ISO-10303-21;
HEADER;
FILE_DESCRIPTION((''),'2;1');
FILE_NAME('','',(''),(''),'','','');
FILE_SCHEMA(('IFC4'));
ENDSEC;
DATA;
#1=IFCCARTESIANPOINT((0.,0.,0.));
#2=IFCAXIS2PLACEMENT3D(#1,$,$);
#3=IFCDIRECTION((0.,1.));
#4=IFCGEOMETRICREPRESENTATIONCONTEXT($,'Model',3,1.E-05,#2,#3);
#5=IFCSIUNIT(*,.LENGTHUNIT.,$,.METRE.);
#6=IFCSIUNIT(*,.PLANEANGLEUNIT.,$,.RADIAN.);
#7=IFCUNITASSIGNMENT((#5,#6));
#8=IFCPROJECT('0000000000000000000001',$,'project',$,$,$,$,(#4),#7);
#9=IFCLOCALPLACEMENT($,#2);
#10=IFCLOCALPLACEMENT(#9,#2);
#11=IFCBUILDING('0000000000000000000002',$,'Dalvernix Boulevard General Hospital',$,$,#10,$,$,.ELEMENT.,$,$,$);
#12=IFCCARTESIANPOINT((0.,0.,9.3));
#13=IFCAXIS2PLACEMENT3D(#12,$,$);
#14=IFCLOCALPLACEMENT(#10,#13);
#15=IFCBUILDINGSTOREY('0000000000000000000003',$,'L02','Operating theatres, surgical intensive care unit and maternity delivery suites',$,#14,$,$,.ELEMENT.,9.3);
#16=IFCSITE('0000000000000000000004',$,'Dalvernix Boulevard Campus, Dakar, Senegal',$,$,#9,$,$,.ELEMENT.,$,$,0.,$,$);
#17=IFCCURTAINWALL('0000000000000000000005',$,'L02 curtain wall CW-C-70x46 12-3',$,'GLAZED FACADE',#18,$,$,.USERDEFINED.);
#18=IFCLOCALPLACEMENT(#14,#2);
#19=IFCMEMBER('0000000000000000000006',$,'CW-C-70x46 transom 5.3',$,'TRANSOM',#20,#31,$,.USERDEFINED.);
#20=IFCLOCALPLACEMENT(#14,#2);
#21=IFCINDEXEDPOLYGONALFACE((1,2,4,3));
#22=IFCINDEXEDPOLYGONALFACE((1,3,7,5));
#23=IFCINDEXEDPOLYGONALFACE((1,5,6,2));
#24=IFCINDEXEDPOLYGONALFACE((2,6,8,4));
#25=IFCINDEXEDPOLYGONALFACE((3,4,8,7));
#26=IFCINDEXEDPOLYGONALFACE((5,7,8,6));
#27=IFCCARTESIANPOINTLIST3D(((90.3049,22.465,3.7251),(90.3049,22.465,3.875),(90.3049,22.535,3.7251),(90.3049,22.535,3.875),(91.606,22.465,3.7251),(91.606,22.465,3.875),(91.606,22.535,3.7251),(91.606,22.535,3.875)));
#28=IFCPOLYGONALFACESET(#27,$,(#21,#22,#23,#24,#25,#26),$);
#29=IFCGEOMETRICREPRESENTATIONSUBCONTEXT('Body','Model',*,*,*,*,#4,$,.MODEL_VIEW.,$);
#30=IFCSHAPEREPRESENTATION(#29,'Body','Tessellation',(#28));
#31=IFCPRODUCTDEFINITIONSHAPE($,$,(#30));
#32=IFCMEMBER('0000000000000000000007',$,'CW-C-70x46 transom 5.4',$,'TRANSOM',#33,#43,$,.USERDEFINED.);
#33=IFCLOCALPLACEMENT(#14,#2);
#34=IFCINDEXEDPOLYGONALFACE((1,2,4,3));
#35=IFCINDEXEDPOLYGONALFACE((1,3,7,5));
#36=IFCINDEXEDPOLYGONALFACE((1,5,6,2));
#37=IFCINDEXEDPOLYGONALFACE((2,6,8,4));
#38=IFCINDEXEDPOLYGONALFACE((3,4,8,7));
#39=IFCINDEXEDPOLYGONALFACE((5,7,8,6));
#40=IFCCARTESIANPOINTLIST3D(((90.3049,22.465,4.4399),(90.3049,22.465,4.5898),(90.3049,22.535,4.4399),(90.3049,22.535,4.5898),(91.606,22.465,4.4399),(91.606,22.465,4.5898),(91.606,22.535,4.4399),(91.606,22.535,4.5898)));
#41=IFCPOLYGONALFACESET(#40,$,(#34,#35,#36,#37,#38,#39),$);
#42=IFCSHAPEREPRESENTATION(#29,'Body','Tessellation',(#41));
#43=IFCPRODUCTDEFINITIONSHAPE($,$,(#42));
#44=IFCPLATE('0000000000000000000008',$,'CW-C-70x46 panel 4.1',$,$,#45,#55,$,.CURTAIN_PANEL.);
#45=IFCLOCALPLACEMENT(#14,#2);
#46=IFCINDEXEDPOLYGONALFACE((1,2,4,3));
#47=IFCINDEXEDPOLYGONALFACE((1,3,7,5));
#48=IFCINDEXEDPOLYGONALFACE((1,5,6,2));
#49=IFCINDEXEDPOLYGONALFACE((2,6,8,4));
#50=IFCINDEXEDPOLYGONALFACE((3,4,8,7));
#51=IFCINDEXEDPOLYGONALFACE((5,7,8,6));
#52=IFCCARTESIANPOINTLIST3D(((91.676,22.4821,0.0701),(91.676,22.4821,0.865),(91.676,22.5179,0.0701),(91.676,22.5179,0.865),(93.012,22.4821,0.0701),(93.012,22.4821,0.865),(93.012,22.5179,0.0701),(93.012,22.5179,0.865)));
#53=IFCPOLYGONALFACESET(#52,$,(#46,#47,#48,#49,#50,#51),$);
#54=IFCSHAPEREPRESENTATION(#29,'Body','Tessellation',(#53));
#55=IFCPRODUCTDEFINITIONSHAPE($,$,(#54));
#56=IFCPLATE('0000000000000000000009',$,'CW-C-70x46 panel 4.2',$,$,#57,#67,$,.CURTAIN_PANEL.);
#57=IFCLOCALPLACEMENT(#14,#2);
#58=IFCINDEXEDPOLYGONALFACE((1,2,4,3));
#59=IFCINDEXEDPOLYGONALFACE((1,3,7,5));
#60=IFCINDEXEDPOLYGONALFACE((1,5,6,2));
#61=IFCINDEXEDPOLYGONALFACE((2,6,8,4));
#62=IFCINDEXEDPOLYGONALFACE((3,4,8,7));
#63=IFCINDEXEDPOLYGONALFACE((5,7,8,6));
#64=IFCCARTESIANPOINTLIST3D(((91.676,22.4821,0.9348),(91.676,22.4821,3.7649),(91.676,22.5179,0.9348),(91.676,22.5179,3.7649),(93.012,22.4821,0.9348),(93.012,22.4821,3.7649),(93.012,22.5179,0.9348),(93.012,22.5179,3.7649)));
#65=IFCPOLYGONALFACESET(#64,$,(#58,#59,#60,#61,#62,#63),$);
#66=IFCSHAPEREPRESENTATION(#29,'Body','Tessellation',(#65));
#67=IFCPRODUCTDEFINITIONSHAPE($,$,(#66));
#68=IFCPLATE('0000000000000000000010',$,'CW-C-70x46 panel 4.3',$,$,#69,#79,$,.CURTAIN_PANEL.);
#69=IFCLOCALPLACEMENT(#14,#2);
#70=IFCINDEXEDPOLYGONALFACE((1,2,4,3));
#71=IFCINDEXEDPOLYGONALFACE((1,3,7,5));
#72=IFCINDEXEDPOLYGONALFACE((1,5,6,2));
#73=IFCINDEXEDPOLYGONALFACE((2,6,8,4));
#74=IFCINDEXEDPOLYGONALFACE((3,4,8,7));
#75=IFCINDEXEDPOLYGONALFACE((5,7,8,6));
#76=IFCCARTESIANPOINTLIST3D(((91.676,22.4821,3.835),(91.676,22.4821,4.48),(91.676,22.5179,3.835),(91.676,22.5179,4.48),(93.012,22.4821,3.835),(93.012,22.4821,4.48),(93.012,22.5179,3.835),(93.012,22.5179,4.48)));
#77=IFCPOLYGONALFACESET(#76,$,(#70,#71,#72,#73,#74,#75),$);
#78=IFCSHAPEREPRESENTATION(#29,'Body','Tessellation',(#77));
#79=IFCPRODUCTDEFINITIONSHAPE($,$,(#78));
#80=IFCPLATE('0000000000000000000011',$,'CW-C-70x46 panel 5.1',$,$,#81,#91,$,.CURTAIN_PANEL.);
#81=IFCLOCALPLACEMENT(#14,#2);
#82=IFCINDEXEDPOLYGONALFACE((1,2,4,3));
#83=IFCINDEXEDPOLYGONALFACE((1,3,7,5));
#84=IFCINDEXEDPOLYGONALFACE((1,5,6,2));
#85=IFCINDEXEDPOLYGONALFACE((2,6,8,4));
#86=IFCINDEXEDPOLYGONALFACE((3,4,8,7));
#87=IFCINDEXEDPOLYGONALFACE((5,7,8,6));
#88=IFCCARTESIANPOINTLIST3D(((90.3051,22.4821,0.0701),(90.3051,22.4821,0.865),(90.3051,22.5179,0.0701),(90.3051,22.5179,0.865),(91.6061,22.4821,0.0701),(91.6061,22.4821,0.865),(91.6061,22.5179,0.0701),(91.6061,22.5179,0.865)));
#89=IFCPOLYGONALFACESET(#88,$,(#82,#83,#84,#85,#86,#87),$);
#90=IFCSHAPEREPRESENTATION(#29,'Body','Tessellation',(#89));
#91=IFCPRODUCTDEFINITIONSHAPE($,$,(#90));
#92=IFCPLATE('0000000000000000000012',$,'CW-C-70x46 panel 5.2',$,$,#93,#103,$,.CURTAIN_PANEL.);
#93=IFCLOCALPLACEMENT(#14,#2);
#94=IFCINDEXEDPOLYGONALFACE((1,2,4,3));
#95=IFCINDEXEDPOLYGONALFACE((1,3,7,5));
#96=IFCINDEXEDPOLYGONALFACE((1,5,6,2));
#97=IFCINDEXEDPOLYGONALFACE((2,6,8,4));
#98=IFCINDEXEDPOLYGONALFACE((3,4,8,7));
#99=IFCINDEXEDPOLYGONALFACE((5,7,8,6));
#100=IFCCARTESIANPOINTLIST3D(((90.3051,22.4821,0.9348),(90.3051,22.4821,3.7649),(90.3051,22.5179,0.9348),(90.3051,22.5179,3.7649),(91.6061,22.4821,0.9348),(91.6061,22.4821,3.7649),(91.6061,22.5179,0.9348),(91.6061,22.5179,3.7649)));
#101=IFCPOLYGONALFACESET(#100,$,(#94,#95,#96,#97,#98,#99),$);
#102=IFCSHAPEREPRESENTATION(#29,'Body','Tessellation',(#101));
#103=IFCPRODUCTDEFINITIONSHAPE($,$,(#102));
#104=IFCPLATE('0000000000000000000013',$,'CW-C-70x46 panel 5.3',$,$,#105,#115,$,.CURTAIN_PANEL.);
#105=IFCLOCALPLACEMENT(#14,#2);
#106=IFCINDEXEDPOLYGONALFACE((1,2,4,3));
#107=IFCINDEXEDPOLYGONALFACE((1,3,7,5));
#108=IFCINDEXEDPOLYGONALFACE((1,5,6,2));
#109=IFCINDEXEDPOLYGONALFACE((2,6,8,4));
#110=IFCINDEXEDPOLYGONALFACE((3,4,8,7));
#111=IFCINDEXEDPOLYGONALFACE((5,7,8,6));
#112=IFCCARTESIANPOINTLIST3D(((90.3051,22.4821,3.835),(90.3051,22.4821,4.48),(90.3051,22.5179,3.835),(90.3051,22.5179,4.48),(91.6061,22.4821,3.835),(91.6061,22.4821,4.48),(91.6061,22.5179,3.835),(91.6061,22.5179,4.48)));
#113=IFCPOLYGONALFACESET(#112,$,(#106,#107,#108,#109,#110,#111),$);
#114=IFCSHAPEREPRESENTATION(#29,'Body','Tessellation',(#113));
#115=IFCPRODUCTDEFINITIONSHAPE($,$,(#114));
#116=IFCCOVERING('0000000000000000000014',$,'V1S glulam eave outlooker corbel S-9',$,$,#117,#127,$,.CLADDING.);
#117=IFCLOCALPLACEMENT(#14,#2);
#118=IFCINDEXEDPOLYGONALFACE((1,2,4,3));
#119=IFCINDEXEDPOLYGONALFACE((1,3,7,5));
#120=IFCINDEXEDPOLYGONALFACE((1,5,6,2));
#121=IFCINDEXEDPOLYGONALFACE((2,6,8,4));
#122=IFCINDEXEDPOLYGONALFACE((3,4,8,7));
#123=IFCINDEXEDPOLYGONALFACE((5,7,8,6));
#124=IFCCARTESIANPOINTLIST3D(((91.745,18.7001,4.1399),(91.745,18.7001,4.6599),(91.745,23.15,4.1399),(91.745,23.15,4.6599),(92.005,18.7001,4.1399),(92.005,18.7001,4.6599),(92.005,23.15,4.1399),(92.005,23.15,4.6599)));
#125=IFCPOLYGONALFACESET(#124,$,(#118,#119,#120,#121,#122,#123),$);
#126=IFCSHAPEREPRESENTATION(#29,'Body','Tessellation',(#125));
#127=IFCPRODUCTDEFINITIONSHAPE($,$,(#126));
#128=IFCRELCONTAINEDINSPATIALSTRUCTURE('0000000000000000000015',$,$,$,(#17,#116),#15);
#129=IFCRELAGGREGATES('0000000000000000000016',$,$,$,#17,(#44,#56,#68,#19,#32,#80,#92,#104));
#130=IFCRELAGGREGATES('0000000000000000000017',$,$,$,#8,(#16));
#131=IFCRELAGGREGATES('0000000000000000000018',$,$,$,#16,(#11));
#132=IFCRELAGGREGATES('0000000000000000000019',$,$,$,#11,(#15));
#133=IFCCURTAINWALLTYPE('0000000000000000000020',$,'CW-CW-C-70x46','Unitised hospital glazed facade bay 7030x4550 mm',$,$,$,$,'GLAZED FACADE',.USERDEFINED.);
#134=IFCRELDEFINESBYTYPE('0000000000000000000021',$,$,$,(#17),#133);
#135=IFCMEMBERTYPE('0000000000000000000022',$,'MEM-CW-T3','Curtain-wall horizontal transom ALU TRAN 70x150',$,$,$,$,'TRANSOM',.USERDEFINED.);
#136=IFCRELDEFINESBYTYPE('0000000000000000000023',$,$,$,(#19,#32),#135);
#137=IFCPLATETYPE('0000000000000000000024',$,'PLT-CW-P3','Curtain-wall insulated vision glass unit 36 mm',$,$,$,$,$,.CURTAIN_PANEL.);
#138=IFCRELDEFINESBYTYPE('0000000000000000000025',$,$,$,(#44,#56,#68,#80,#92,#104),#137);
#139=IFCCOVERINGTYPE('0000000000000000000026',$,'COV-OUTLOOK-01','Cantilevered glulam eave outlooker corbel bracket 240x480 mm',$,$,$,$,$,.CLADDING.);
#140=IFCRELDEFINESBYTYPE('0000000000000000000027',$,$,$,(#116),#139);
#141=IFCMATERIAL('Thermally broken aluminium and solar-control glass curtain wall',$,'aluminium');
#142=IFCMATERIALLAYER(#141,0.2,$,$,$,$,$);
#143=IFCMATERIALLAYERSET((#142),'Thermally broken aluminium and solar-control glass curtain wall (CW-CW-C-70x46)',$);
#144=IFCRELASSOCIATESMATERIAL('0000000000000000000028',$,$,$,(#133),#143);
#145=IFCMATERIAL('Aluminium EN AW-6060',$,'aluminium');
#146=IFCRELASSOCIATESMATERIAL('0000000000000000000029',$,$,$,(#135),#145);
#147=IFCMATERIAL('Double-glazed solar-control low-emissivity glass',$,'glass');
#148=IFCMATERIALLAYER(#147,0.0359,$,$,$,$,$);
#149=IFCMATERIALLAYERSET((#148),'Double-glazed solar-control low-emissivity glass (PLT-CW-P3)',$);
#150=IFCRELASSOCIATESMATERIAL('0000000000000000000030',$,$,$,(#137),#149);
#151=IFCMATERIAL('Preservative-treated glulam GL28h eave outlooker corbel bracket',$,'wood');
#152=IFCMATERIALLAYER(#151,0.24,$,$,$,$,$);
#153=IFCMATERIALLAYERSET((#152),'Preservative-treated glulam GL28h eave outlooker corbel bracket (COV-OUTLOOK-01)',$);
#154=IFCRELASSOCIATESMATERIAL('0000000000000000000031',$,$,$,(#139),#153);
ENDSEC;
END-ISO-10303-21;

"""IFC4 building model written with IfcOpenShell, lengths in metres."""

from ifc_helpers import new_model, si_unit, direction, frame, origin, origin_2d, place, context, subcontext, project, spatial, rectangle, extrude, material, layer, layer_set, material_profile, profile_set, type_object, element, aggregate, save


model = new_model("IFC4")

# Units and contexts
model_context = context("Model", 3, precision=1e-05, world=origin(), true_north=direction((0.0, 1.0)))
body_context = subcontext(model_context, "Body", "Model", "MODEL_VIEW")
ifc_project = project(units=[si_unit("LENGTHUNIT", "METRE"), si_unit("PLANEANGLEUNIT", "RADIAN")], contexts=[model_context])

# Site, building, storey
site_placement = place(None, origin())
site = spatial("IfcSite", under=ifc_project, at=site_placement, Name="Dalvernix Boulevard Campus, Dakar, Senegal", CompositionType="ELEMENT", RefElevation=0.0)
building_placement = place(site_placement, origin())
building = spatial("IfcBuilding", under=site, at=building_placement, Name="Dalvernix Boulevard General Hospital", CompositionType="ELEMENT")
storey_placement = place(building_placement, frame((0.0, 0.0, 9.3)))
storey = spatial("IfcBuildingStorey", under=building, at=storey_placement, Name="L02", Description="Operating theatres, surgical intensive care unit and maternity delivery suites", CompositionType="ELEMENT", Elevation=9.3)

# Shared definitions
ifc_material_1 = material(Name="Thermally broken aluminium and solar-control glass curtain wall", Category="aluminium")
ifc_material_2 = material(Name="Aluminium EN AW-6060", Category="aluminium")

# Curtain wall
ifc_layer_1 = layer(ifc_material_1, 0.2)
ifc_layer_set_1 = layer_set([ifc_layer_1], Name="Thermally broken aluminium and solar-control glass curtain wall (CW-CW-C-70x46)")
curtain_wall_type_1 = type_object("IfcCurtainWallType", Name="CW-CW-C-70x46", Description="Unitised hospital glazed facade bay 7030x4550 mm", ElementType="GLAZED FACADE", PredefinedType="USERDEFINED", material=ifc_layer_set_1)
curtain_wall_1_placement = place(storey_placement, origin())
curtain_wall_1 = element("IfcCurtainWall", 1, at=curtain_wall_1_placement, inside=storey, type_object=curtain_wall_type_1, Name="L02 curtain wall CW-C-70x46 12-3", ObjectType="GLAZED FACADE", PredefinedType="USERDEFINED")

# Members
ifc_material_profile_1 = material_profile(ifc_material_2, rectangle(XDim=0.0701, YDim=0.1499, at=origin_2d()), Name="ALU TRAN 70x150")
ifc_profile_set_1 = profile_set([ifc_material_profile_1], Name="Aluminium EN AW-6060")
member_type_1 = type_object("IfcMemberType", Name="MEM-CW-T3", Description="Curtain-wall horizontal transom ALU TRAN 70x150", ElementType="TRANSOM", PredefinedType="USERDEFINED", material=ifc_profile_set_1)
member_1_placement = place(storey_placement, frame((91.606, 22.5, 3.8), z_axis=(-1.0, 0.0, 0.0), x_axis=(0.0, -1.0, 0.0)))
member_1 = element("IfcMember", 2, at=member_1_placement, type_object=member_type_1, Name="CW-C-70x46 transom 5.3", ObjectType="TRANSOM", PredefinedType="USERDEFINED", context=body_context, shape_type="SweptSolid", body=[
    extrude(rectangle(XDim=0.0701, YDim=0.1499, at=origin_2d()), origin(), (0.0, 0.0, 1.0), 1.301),
])
member_2_placement = place(storey_placement, frame((91.606, 22.5, 4.5149), z_axis=(-1.0, 0.0, 0.0), x_axis=(0.0, -1.0, 0.0)))
member_2 = element("IfcMember", 3, at=member_2_placement, type_object=member_type_1, Name="CW-C-70x46 transom 5.4", ObjectType="TRANSOM", PredefinedType="USERDEFINED", context=body_context, shape_type="SweptSolid", body=[
    extrude(rectangle(XDim=0.0701, YDim=0.1499, at=origin_2d()), origin(), (0.0, 0.0, 1.0), 1.301),
])

# Plates
ifc_material_3 = material(Name="Double-glazed solar-control low-emissivity glass", Category="glass")
ifc_layer_2 = layer(ifc_material_3, 0.0359)
ifc_layer_set_2 = layer_set([ifc_layer_2], Name="Double-glazed solar-control low-emissivity glass (PLT-CW-P3)")
plate_type = type_object("IfcPlateType", Name="PLT-CW-P3", Description="Curtain-wall insulated vision glass unit 36 mm", PredefinedType="CURTAIN_PANEL", material=ifc_layer_set_2)
plate_1_placement = place(storey_placement, frame((92.344, 22.5, 0.0701), z_axis=(0.0, 0.0, 1.0), x_axis=(-1.0, 0.0, 0.0)))
plate_1 = element("IfcPlate", 4, at=plate_1_placement, type_object=plate_type, Name="CW-C-70x46 panel 4.1", PredefinedType="CURTAIN_PANEL", context=body_context, shape_type="SweptSolid", body=[
    extrude(rectangle(XDim=1.3359, YDim=0.0359, at=origin_2d()), origin(), (0.0, 0.0, 1.0), 0.7949),
])
plate_2_placement = place(storey_placement, frame((92.344, 22.5, 0.9348), z_axis=(0.0, 0.0, 1.0), x_axis=(-1.0, 0.0, 0.0)))
plate_2 = element("IfcPlate", 5, at=plate_2_placement, type_object=plate_type, Name="CW-C-70x46 panel 4.2", PredefinedType="CURTAIN_PANEL", context=body_context, shape_type="SweptSolid", body=[
    extrude(rectangle(XDim=1.3359, YDim=0.0359, at=origin_2d()), origin(), (0.0, 0.0, 1.0), 2.8301),
])
plate_3_placement = place(storey_placement, frame((92.344, 22.5, 3.835), z_axis=(0.0, 0.0, 1.0), x_axis=(-1.0, 0.0, 0.0)))
plate_3 = element("IfcPlate", 6, at=plate_3_placement, type_object=plate_type, Name="CW-C-70x46 panel 4.3", PredefinedType="CURTAIN_PANEL", context=body_context, shape_type="SweptSolid", body=[
    extrude(rectangle(XDim=1.3359, YDim=0.0359, at=origin_2d()), origin(), (0.0, 0.0, 1.0), 0.645),
])
plate_4_placement = place(storey_placement, frame((90.9556, 22.5, 0.0701), z_axis=(0.0, 0.0, 1.0), x_axis=(-1.0, 0.0, 0.0)))
plate_4 = element("IfcPlate", 7, at=plate_4_placement, type_object=plate_type, Name="CW-C-70x46 panel 5.1", PredefinedType="CURTAIN_PANEL", context=body_context, shape_type="SweptSolid", body=[
    extrude(rectangle(XDim=1.301, YDim=0.0359, at=origin_2d()), origin(), (0.0, 0.0, 1.0), 0.7949),
])
plate_5_placement = place(storey_placement, frame((90.9556, 22.5, 0.9348), z_axis=(0.0, 0.0, 1.0), x_axis=(-1.0, 0.0, 0.0)))
plate_5 = element("IfcPlate", 8, at=plate_5_placement, type_object=plate_type, Name="CW-C-70x46 panel 5.2", PredefinedType="CURTAIN_PANEL", context=body_context, shape_type="SweptSolid", body=[
    extrude(rectangle(XDim=1.301, YDim=0.0359, at=origin_2d()), origin(), (0.0, 0.0, 1.0), 2.8301),
])
plate_6_placement = place(storey_placement, frame((90.9556, 22.5, 3.835), z_axis=(0.0, 0.0, 1.0), x_axis=(-1.0, 0.0, 0.0)))
plate_6 = element("IfcPlate", 9, at=plate_6_placement, type_object=plate_type, Name="CW-C-70x46 panel 5.3", PredefinedType="CURTAIN_PANEL", context=body_context, shape_type="SweptSolid", body=[
    extrude(rectangle(XDim=1.301, YDim=0.0359, at=origin_2d()), origin(), (0.0, 0.0, 1.0), 0.645),
])
aggregate(curtain_wall_1, [plate_1, plate_2, plate_3, member_1, member_2, plate_4, plate_5, plate_6])

# Covering
ifc_material_4 = material(Name="Preservative-treated glulam GL28h eave outlooker corbel bracket", Category="wood")
ifc_layer_3 = layer(ifc_material_4, 0.24)
ifc_layer_set_3 = layer_set([ifc_layer_3], Name="Preservative-treated glulam GL28h eave outlooker corbel bracket (COV-OUTLOOK-01)")
covering_type = type_object("IfcCoveringType", Name="COV-OUTLOOK-01", Description="Cantilevered glulam eave outlooker corbel bracket 240x480 mm", PredefinedType="CLADDING", material=ifc_layer_set_3)
covering_placement = place(storey_placement, frame((91.875, 20.925, 4.1399), z_axis=(0.0, 0.0, 1.0), x_axis=(1.0, 0.0, 0.0)))
element("IfcCovering", 10, at=covering_placement, inside=storey, type_object=covering_type, Name="V1S glulam eave outlooker corbel S-9", PredefinedType="CLADDING", context=body_context, shape_type="SweptSolid", body=[
    extrude(rectangle(XDim=0.26, YDim=4.45, at=origin_2d()), origin(), (0.0, 0.0, 1.0), 0.52),
])

save(model, "model.ifc")
